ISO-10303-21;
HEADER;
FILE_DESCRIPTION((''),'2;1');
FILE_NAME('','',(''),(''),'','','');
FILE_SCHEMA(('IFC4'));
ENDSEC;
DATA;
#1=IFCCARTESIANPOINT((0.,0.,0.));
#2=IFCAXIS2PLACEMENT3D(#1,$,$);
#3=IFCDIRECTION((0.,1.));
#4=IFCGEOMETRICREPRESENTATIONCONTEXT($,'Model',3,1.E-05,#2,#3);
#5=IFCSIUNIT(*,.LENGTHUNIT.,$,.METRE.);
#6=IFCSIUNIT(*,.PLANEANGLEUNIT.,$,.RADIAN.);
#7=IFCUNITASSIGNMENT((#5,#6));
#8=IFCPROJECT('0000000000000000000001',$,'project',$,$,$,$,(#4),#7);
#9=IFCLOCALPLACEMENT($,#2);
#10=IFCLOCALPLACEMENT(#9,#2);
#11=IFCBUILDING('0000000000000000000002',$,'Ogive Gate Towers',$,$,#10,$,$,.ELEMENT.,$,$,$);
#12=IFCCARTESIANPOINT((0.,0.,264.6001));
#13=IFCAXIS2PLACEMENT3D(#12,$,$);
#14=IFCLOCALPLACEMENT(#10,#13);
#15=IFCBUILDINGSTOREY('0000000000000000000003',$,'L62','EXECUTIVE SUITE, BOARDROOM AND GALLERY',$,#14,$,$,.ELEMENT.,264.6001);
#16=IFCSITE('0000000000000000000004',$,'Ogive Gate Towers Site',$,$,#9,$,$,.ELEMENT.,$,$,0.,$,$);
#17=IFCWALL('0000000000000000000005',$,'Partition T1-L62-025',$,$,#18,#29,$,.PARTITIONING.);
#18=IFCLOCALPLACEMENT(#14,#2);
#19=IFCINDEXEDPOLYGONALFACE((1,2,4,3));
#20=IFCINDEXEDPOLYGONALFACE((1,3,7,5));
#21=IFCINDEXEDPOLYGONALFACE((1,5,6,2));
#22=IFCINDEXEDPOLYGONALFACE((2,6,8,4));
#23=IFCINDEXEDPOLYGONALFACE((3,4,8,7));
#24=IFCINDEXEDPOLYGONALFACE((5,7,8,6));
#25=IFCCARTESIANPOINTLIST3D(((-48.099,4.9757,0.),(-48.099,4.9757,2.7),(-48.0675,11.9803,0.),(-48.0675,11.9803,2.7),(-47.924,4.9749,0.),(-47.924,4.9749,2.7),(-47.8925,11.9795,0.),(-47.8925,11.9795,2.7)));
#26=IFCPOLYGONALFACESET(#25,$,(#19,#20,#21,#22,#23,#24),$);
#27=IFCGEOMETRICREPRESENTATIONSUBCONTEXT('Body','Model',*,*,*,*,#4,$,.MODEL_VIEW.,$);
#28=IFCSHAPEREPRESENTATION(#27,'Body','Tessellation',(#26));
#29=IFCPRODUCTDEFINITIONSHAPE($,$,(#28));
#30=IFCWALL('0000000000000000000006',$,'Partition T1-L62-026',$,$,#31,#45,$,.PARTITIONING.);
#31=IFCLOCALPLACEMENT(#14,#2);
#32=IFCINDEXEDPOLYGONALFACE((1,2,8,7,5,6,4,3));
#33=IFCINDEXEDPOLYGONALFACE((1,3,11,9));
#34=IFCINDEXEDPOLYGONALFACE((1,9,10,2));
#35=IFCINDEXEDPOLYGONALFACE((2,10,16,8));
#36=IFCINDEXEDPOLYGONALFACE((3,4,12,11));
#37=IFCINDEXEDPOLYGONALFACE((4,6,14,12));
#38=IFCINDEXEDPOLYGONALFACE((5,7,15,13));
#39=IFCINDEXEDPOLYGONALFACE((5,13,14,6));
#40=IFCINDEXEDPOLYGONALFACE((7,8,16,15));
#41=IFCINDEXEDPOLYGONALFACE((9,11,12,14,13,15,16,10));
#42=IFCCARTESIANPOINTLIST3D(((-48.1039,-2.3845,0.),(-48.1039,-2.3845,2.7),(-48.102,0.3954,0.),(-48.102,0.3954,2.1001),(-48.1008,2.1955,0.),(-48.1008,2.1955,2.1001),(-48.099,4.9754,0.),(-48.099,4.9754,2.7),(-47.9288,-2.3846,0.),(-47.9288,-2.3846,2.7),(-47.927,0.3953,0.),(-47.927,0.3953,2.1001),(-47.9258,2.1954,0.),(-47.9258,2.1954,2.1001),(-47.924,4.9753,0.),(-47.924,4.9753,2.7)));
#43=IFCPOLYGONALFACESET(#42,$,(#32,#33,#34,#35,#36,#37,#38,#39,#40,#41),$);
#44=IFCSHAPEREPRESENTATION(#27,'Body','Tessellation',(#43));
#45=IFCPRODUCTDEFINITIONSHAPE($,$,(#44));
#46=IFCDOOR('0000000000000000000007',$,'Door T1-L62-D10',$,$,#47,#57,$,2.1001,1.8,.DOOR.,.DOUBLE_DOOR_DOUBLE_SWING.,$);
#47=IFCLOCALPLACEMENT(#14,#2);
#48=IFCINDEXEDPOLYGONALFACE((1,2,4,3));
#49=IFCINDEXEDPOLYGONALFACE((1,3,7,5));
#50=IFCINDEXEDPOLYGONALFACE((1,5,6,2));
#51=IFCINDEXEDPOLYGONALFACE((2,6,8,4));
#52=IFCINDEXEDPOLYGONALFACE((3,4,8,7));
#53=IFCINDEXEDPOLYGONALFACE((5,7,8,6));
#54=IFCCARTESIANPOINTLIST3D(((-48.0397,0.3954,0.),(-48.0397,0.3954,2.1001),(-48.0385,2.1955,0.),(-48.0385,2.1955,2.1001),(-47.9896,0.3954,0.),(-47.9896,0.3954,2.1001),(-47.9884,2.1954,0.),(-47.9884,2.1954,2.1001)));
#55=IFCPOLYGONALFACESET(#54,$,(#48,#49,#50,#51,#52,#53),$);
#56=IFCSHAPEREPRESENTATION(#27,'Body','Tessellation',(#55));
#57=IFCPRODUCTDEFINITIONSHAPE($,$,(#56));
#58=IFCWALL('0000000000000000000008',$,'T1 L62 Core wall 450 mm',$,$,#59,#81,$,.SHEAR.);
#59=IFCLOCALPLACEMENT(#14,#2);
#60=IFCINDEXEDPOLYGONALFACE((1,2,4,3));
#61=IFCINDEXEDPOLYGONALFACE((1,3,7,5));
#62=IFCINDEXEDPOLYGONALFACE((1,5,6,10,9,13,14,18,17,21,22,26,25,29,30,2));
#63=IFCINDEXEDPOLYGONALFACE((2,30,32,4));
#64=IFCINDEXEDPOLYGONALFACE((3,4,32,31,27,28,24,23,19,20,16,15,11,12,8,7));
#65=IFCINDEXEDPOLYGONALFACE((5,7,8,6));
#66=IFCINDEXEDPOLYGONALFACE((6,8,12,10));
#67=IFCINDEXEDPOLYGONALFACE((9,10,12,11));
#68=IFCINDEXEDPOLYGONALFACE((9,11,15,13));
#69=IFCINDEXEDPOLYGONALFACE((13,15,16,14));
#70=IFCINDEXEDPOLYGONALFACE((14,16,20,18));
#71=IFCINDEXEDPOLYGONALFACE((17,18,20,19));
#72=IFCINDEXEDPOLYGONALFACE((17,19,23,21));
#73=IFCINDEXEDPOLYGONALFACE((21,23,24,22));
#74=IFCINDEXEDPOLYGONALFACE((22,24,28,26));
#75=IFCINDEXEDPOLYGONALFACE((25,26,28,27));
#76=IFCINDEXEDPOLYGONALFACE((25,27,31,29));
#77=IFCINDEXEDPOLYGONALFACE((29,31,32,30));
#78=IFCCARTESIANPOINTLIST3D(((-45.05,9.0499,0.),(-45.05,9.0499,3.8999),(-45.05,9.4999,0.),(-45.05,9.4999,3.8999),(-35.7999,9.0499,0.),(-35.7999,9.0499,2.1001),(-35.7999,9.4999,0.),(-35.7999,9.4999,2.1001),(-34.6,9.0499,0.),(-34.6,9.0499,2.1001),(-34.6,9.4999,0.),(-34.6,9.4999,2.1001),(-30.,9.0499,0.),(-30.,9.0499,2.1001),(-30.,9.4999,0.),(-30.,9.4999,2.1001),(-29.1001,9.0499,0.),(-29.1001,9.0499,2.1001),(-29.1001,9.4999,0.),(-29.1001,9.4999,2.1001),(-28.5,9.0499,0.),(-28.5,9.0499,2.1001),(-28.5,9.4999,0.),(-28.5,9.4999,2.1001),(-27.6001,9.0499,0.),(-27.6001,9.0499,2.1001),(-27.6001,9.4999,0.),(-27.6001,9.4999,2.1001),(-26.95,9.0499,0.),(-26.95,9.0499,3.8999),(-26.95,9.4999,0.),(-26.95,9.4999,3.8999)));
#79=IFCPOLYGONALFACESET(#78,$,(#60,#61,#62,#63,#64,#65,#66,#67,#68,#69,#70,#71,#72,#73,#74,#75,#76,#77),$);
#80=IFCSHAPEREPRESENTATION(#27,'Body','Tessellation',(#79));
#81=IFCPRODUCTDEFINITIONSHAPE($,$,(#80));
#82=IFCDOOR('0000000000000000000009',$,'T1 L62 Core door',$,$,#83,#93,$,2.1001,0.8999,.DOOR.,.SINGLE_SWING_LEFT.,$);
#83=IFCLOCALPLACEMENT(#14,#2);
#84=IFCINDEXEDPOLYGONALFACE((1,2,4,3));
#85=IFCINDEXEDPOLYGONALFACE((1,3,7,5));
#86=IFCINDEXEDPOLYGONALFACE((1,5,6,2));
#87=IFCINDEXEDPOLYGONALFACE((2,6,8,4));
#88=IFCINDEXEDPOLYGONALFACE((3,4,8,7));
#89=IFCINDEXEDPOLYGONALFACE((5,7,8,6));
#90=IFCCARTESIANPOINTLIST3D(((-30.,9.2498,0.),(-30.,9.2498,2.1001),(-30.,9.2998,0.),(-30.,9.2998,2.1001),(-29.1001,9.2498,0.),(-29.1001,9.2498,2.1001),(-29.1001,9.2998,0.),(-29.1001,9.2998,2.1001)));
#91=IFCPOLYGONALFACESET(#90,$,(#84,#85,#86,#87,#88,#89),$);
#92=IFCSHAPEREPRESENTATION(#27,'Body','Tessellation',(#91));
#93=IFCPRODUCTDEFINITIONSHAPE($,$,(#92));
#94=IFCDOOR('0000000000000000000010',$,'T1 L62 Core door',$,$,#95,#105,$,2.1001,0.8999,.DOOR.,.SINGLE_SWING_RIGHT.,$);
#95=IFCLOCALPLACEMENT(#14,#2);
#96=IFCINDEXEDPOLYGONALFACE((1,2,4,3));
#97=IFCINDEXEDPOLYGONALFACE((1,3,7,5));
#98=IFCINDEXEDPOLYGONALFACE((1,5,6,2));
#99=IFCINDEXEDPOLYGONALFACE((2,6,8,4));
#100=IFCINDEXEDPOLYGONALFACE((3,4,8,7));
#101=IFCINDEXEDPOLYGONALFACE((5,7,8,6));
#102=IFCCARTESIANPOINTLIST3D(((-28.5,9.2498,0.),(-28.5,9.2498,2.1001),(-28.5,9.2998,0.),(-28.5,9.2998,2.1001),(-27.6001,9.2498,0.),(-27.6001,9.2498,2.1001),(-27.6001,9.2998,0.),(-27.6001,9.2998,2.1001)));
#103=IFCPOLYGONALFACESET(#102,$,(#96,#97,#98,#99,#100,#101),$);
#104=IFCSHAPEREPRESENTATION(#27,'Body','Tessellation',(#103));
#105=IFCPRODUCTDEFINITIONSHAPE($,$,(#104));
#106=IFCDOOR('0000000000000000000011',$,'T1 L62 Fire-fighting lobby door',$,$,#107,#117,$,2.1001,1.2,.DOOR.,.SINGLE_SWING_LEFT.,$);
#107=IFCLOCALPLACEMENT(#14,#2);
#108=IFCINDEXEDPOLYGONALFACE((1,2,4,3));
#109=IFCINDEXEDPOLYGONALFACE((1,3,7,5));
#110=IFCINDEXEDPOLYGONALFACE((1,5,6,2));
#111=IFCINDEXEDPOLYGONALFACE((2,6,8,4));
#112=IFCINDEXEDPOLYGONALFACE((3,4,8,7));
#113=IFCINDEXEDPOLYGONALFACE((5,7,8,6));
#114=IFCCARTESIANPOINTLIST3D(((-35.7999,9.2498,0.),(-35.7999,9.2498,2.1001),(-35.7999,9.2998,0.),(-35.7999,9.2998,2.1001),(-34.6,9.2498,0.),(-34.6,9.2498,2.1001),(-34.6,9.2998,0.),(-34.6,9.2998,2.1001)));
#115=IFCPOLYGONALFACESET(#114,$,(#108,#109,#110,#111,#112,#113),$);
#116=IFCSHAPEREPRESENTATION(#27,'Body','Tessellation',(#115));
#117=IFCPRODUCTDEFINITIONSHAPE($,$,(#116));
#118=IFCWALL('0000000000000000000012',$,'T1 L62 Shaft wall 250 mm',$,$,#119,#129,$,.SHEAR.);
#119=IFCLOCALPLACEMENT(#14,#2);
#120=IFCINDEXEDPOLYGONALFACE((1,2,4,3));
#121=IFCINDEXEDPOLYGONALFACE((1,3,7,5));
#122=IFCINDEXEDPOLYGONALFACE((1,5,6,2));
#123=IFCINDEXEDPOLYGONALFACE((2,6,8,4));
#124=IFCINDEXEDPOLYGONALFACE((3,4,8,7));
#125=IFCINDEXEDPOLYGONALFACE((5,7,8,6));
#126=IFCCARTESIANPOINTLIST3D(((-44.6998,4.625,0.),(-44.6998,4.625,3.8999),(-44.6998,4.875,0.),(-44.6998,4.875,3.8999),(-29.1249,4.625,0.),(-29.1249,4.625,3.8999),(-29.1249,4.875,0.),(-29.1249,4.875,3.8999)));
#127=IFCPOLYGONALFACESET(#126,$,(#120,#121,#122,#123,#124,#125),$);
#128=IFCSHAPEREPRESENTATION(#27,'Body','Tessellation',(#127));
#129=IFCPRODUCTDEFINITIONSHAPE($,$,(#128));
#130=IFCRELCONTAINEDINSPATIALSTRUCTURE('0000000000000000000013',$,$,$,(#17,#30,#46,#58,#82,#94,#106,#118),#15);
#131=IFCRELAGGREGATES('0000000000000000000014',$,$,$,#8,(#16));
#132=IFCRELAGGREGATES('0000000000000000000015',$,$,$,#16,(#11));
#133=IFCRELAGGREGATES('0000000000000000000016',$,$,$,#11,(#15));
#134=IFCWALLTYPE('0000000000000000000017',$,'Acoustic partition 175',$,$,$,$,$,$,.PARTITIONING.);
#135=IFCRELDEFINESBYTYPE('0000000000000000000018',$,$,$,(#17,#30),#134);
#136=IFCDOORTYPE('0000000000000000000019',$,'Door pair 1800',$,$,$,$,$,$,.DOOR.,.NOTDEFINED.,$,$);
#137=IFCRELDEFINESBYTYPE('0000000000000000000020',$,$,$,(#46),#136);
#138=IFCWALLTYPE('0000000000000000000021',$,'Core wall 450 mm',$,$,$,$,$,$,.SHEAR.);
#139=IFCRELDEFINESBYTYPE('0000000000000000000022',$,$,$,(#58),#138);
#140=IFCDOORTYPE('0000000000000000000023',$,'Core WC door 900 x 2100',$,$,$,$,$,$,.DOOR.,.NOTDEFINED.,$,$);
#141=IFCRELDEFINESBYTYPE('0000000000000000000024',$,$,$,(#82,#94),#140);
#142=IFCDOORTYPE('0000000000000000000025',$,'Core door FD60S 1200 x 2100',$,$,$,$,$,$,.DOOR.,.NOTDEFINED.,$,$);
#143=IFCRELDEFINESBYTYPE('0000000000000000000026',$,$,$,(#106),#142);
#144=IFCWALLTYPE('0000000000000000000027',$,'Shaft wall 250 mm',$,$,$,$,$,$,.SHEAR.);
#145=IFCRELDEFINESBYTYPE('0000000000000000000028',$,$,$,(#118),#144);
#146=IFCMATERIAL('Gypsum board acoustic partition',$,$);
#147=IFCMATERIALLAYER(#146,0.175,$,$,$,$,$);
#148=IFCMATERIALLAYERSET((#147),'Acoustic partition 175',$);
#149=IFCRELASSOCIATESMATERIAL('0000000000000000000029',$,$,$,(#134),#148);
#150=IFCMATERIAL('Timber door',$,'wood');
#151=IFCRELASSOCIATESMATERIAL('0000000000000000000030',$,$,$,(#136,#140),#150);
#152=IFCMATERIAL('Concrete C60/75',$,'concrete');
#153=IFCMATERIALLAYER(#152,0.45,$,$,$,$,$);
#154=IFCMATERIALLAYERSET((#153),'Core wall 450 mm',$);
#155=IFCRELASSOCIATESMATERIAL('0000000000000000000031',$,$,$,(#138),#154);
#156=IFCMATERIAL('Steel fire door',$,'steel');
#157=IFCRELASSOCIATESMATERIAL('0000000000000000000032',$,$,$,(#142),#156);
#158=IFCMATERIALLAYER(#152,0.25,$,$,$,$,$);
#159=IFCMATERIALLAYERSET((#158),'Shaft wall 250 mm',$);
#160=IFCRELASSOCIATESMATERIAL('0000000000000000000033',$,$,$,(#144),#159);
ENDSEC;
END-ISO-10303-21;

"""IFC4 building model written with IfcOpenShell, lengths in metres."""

from ifc_helpers import new_model, si_unit, direction, frame, frame_2d, origin, place, context, subcontext, project, spatial, rectangle, extrude, material, layer, layer_set, type_object, element, fill, save


model = new_model("IFC4")

# Units and contexts
model_context = context("Model", 3, precision=1e-05, world=origin(), true_north=direction((0.0, 1.0)))
body_context = subcontext(model_context, "Body", "Model", "MODEL_VIEW")
ifc_project = project(units=[si_unit("LENGTHUNIT", "METRE"), si_unit("PLANEANGLEUNIT", "RADIAN")], contexts=[model_context])

# Site, building, storey
site_placement = place(None, origin())
site = spatial("IfcSite", under=ifc_project, at=site_placement, Name="Ogive Gate Towers Site", CompositionType="ELEMENT", RefElevation=0.0)
building_placement = place(site_placement, origin())
building = spatial("IfcBuilding", under=site, at=building_placement, Name="Ogive Gate Towers", CompositionType="ELEMENT")
storey_placement = place(building_placement, frame((0.0, 0.0, 264.6001)))
storey = spatial("IfcBuildingStorey", under=building, at=storey_placement, Name="L62", Description="EXECUTIVE SUITE, BOARDROOM AND GALLERY", CompositionType="ELEMENT", Elevation=264.6001)

# Wall
ifc_material_1 = material(Name="Gypsum board acoustic partition")
ifc_layer_1 = layer(ifc_material_1, 0.175)
ifc_layer_set_1 = layer_set([ifc_layer_1], Name="Acoustic partition 175")
wall_type_1 = type_object("IfcWallType", Name="Acoustic partition 175", PredefinedType="PARTITIONING", material=ifc_layer_set_1)
wall_1_placement = place(storey_placement, frame((-47.98, 11.98, 0.0), z_axis=(0.0, 0.0, 1.0), x_axis=(-0.004496, -0.99999, 0.0)))
element("IfcWall", 1, at=wall_1_placement, inside=storey, type_object=wall_type_1, Name="Partition T1-L62-025", PredefinedType="PARTITIONING", context=body_context, shape_type="SweptSolid", body=[
    extrude(rectangle(XDim=7.0046, YDim=0.175, at=frame_2d((3.5024, 0.0))), origin(), (0.0, 0.0, 1.0), 2.7),
])

# Wall, opening, door
wall_2_placement = place(storey_placement, frame((-48.0115, 4.9753, 0.0), z_axis=(0.0, 0.0, 1.0), x_axis=(-0.000663, -1.0, 0.0)))
wall_2 = element("IfcWall", 2, at=wall_2_placement, inside=storey, type_object=wall_type_1, Name="Partition T1-L62-026", PredefinedType="PARTITIONING", context=body_context, shape_type="SweptSolid", body=[
    extrude(rectangle(XDim=7.3599, YDim=0.175, at=frame_2d((3.6799, 0.0))), origin(), (0.0, 0.0, 1.0), 2.7),
])
opening_1_placement = place(wall_2_placement, frame((2.78, 0.0, 0.0)))
opening_1 = element("IfcOpeningElement", 3, at=opening_1_placement, cuts=wall_2, PredefinedType="OPENING", context=body_context, shape_type="SweptSolid", body=[
    extrude(rectangle(XDim=1.8, YDim=2.1001, at=frame_2d((0.8999, 1.05))), frame((0.0, 0.0977, 0.0), z_axis=(0.0, -1.0, 0.0), x_axis=(1.0, 0.0, 0.0)), (0.0, 0.0, 1.0), 0.1951),
])
ifc_material_2 = material(Name="Timber door", Category="wood")
door_type_1 = type_object("IfcDoorType", Name="Door pair 1800", OperationType="NOTDEFINED", PredefinedType="DOOR", material=ifc_material_2)
door_1_placement = place(opening_1_placement, origin())
door_1 = element("IfcDoor", 4, at=door_1_placement, inside=storey, type_object=door_type_1, Name="Door T1-L62-D10", OperationType="DOUBLE_DOOR_DOUBLE_SWING", OverallHeight=2.1001, OverallWidth=1.8, PredefinedType="DOOR", context=body_context, shape_type="SweptSolid", body=[
    extrude(rectangle(XDim=1.8, YDim=2.1001, at=frame_2d((0.8999, 1.05))), frame((0.0, 0.0249, 0.0), z_axis=(0.0, -1.0, 0.0), x_axis=(1.0, 0.0, 0.0)), (0.0, 0.0, 1.0), 0.05),
])
fill(opening_1, door_1)

# Wall, openings, doors
ifc_material_3 = material(Name="Concrete C60/75", Category="concrete")
ifc_layer_2 = layer(ifc_material_3, 0.45)
ifc_layer_set_2 = layer_set([ifc_layer_2], Name="Core wall 450 mm")
wall_type_2 = type_object("IfcWallType", Name="Core wall 450 mm", PredefinedType="SHEAR", material=ifc_layer_set_2)
wall_3_placement = place(storey_placement, frame((-45.05, 9.2749, 0.0), z_axis=(0.0, 0.0, 1.0), x_axis=(1.0, 0.0, 0.0)))
wall_3 = element("IfcWall", 5, at=wall_3_placement, inside=storey, type_object=wall_type_2, Name="T1 L62 Core wall 450 mm", PredefinedType="SHEAR", context=body_context, shape_type="SweptSolid", body=[
    extrude(rectangle(XDim=18.1001, YDim=0.45, at=frame_2d((9.05, 0.0))), origin(), (0.0, 0.0, 1.0), 3.8999),
])
opening_2_placement = place(wall_3_placement, frame((9.25, 0.0, 0.0)))
opening_2 = element("IfcOpeningElement", 6, at=opening_2_placement, cuts=wall_3, PredefinedType="OPENING", context=body_context, shape_type="SweptSolid", body=[
    extrude(rectangle(XDim=1.2, YDim=2.1001, at=frame_2d((0.6001, 1.05))), frame((0.0, 0.2349, 0.0), z_axis=(0.0, -1.0, 0.0), x_axis=(1.0, 0.0, 0.0)), (0.0, 0.0, 1.0), 0.47),
])
opening_3_placement = place(wall_3_placement, frame((15.05, 0.0, 0.0)))
opening_3 = element("IfcOpeningElement", 7, at=opening_3_placement, cuts=wall_3, PredefinedType="OPENING", context=body_context, shape_type="SweptSolid", body=[
    extrude(rectangle(XDim=0.8999, YDim=2.1001, at=frame_2d((0.45, 1.05))), frame((0.0, 0.2349, 0.0), z_axis=(0.0, -1.0, 0.0), x_axis=(1.0, 0.0, 0.0)), (0.0, 0.0, 1.0), 0.47),
])
opening_4_placement = place(wall_3_placement, frame((16.55, 0.0, 0.0)))
opening_4 = element("IfcOpeningElement", 8, at=opening_4_placement, cuts=wall_3, PredefinedType="OPENING", context=body_context, shape_type="SweptSolid", body=[
    extrude(rectangle(XDim=0.8999, YDim=2.1001, at=frame_2d((0.45, 1.05))), frame((0.0, 0.2349, 0.0), z_axis=(0.0, -1.0, 0.0), x_axis=(1.0, 0.0, 0.0)), (0.0, 0.0, 1.0), 0.47),
])
door_type_2 = type_object("IfcDoorType", Name="Core WC door 900 x 2100", OperationType="NOTDEFINED", PredefinedType="DOOR", material=ifc_material_2)
door_2_placement = place(opening_3_placement, origin())
door_2 = element("IfcDoor", 9, at=door_2_placement, inside=storey, type_object=door_type_2, Name="T1 L62 Core door", OperationType="SINGLE_SWING_LEFT", OverallHeight=2.1001, OverallWidth=0.8999, PredefinedType="DOOR", context=body_context, shape_type="SweptSolid", body=[
    extrude(rectangle(XDim=0.8999, YDim=2.1001, at=frame_2d((0.45, 1.05))), frame((0.0, 0.0249, 0.0), z_axis=(0.0, -1.0, 0.0), x_axis=(1.0, 0.0, 0.0)), (0.0, 0.0, 1.0), 0.05),
])
fill(opening_3, door_2)
door_3_placement = place(opening_4_placement, origin())
door_3 = element("IfcDoor", 10, at=door_3_placement, inside=storey, type_object=door_type_2, Name="T1 L62 Core door", OperationType="SINGLE_SWING_RIGHT", OverallHeight=2.1001, OverallWidth=0.8999, PredefinedType="DOOR", context=body_context, shape_type="SweptSolid", body=[
    extrude(rectangle(XDim=0.8999, YDim=2.1001, at=frame_2d((0.45, 1.05))), frame((0.0, 0.0249, 0.0), z_axis=(0.0, -1.0, 0.0), x_axis=(1.0, 0.0, 0.0)), (0.0, 0.0, 1.0), 0.05),
])
fill(opening_4, door_3)
ifc_material_4 = material(Name="Steel fire door", Category="steel")
door_type_3 = type_object("IfcDoorType", Name="Core door FD60S 1200 x 2100", OperationType="NOTDEFINED", PredefinedType="DOOR", material=ifc_material_4)
door_4_placement = place(opening_2_placement, origin())
door_4 = element("IfcDoor", 11, at=door_4_placement, inside=storey, type_object=door_type_3, Name="T1 L62 Fire-fighting lobby door", OperationType="SINGLE_SWING_LEFT", OverallHeight=2.1001, OverallWidth=1.2, PredefinedType="DOOR", context=body_context, shape_type="SweptSolid", body=[
    extrude(rectangle(XDim=1.2, YDim=2.1001, at=frame_2d((0.6001, 1.05))), frame((0.0, 0.0249, 0.0), z_axis=(0.0, -1.0, 0.0), x_axis=(1.0, 0.0, 0.0)), (0.0, 0.0, 1.0), 0.05),
])
fill(opening_2, door_4)

# Wall
ifc_layer_3 = layer(ifc_material_3, 0.25)
ifc_layer_set_3 = layer_set([ifc_layer_3], Name="Shaft wall 250 mm")
wall_type_3 = type_object("IfcWallType", Name="Shaft wall 250 mm", PredefinedType="SHEAR", material=ifc_layer_set_3)
wall_4_placement = place(storey_placement, frame((-44.7, 4.75, 0.0), z_axis=(0.0, 0.0, 1.0), x_axis=(1.0, 0.0, 0.0)))
element("IfcWall", 12, at=wall_4_placement, inside=storey, type_object=wall_type_3, Name="T1 L62 Shaft wall 250 mm", PredefinedType="SHEAR", context=body_context, shape_type="SweptSolid", body=[
    extrude(rectangle(XDim=15.575, YDim=0.25, at=frame_2d((7.7876, 0.0))), origin(), (0.0, 0.0, 1.0), 3.8999),
])

save(model, "model.ifc")
